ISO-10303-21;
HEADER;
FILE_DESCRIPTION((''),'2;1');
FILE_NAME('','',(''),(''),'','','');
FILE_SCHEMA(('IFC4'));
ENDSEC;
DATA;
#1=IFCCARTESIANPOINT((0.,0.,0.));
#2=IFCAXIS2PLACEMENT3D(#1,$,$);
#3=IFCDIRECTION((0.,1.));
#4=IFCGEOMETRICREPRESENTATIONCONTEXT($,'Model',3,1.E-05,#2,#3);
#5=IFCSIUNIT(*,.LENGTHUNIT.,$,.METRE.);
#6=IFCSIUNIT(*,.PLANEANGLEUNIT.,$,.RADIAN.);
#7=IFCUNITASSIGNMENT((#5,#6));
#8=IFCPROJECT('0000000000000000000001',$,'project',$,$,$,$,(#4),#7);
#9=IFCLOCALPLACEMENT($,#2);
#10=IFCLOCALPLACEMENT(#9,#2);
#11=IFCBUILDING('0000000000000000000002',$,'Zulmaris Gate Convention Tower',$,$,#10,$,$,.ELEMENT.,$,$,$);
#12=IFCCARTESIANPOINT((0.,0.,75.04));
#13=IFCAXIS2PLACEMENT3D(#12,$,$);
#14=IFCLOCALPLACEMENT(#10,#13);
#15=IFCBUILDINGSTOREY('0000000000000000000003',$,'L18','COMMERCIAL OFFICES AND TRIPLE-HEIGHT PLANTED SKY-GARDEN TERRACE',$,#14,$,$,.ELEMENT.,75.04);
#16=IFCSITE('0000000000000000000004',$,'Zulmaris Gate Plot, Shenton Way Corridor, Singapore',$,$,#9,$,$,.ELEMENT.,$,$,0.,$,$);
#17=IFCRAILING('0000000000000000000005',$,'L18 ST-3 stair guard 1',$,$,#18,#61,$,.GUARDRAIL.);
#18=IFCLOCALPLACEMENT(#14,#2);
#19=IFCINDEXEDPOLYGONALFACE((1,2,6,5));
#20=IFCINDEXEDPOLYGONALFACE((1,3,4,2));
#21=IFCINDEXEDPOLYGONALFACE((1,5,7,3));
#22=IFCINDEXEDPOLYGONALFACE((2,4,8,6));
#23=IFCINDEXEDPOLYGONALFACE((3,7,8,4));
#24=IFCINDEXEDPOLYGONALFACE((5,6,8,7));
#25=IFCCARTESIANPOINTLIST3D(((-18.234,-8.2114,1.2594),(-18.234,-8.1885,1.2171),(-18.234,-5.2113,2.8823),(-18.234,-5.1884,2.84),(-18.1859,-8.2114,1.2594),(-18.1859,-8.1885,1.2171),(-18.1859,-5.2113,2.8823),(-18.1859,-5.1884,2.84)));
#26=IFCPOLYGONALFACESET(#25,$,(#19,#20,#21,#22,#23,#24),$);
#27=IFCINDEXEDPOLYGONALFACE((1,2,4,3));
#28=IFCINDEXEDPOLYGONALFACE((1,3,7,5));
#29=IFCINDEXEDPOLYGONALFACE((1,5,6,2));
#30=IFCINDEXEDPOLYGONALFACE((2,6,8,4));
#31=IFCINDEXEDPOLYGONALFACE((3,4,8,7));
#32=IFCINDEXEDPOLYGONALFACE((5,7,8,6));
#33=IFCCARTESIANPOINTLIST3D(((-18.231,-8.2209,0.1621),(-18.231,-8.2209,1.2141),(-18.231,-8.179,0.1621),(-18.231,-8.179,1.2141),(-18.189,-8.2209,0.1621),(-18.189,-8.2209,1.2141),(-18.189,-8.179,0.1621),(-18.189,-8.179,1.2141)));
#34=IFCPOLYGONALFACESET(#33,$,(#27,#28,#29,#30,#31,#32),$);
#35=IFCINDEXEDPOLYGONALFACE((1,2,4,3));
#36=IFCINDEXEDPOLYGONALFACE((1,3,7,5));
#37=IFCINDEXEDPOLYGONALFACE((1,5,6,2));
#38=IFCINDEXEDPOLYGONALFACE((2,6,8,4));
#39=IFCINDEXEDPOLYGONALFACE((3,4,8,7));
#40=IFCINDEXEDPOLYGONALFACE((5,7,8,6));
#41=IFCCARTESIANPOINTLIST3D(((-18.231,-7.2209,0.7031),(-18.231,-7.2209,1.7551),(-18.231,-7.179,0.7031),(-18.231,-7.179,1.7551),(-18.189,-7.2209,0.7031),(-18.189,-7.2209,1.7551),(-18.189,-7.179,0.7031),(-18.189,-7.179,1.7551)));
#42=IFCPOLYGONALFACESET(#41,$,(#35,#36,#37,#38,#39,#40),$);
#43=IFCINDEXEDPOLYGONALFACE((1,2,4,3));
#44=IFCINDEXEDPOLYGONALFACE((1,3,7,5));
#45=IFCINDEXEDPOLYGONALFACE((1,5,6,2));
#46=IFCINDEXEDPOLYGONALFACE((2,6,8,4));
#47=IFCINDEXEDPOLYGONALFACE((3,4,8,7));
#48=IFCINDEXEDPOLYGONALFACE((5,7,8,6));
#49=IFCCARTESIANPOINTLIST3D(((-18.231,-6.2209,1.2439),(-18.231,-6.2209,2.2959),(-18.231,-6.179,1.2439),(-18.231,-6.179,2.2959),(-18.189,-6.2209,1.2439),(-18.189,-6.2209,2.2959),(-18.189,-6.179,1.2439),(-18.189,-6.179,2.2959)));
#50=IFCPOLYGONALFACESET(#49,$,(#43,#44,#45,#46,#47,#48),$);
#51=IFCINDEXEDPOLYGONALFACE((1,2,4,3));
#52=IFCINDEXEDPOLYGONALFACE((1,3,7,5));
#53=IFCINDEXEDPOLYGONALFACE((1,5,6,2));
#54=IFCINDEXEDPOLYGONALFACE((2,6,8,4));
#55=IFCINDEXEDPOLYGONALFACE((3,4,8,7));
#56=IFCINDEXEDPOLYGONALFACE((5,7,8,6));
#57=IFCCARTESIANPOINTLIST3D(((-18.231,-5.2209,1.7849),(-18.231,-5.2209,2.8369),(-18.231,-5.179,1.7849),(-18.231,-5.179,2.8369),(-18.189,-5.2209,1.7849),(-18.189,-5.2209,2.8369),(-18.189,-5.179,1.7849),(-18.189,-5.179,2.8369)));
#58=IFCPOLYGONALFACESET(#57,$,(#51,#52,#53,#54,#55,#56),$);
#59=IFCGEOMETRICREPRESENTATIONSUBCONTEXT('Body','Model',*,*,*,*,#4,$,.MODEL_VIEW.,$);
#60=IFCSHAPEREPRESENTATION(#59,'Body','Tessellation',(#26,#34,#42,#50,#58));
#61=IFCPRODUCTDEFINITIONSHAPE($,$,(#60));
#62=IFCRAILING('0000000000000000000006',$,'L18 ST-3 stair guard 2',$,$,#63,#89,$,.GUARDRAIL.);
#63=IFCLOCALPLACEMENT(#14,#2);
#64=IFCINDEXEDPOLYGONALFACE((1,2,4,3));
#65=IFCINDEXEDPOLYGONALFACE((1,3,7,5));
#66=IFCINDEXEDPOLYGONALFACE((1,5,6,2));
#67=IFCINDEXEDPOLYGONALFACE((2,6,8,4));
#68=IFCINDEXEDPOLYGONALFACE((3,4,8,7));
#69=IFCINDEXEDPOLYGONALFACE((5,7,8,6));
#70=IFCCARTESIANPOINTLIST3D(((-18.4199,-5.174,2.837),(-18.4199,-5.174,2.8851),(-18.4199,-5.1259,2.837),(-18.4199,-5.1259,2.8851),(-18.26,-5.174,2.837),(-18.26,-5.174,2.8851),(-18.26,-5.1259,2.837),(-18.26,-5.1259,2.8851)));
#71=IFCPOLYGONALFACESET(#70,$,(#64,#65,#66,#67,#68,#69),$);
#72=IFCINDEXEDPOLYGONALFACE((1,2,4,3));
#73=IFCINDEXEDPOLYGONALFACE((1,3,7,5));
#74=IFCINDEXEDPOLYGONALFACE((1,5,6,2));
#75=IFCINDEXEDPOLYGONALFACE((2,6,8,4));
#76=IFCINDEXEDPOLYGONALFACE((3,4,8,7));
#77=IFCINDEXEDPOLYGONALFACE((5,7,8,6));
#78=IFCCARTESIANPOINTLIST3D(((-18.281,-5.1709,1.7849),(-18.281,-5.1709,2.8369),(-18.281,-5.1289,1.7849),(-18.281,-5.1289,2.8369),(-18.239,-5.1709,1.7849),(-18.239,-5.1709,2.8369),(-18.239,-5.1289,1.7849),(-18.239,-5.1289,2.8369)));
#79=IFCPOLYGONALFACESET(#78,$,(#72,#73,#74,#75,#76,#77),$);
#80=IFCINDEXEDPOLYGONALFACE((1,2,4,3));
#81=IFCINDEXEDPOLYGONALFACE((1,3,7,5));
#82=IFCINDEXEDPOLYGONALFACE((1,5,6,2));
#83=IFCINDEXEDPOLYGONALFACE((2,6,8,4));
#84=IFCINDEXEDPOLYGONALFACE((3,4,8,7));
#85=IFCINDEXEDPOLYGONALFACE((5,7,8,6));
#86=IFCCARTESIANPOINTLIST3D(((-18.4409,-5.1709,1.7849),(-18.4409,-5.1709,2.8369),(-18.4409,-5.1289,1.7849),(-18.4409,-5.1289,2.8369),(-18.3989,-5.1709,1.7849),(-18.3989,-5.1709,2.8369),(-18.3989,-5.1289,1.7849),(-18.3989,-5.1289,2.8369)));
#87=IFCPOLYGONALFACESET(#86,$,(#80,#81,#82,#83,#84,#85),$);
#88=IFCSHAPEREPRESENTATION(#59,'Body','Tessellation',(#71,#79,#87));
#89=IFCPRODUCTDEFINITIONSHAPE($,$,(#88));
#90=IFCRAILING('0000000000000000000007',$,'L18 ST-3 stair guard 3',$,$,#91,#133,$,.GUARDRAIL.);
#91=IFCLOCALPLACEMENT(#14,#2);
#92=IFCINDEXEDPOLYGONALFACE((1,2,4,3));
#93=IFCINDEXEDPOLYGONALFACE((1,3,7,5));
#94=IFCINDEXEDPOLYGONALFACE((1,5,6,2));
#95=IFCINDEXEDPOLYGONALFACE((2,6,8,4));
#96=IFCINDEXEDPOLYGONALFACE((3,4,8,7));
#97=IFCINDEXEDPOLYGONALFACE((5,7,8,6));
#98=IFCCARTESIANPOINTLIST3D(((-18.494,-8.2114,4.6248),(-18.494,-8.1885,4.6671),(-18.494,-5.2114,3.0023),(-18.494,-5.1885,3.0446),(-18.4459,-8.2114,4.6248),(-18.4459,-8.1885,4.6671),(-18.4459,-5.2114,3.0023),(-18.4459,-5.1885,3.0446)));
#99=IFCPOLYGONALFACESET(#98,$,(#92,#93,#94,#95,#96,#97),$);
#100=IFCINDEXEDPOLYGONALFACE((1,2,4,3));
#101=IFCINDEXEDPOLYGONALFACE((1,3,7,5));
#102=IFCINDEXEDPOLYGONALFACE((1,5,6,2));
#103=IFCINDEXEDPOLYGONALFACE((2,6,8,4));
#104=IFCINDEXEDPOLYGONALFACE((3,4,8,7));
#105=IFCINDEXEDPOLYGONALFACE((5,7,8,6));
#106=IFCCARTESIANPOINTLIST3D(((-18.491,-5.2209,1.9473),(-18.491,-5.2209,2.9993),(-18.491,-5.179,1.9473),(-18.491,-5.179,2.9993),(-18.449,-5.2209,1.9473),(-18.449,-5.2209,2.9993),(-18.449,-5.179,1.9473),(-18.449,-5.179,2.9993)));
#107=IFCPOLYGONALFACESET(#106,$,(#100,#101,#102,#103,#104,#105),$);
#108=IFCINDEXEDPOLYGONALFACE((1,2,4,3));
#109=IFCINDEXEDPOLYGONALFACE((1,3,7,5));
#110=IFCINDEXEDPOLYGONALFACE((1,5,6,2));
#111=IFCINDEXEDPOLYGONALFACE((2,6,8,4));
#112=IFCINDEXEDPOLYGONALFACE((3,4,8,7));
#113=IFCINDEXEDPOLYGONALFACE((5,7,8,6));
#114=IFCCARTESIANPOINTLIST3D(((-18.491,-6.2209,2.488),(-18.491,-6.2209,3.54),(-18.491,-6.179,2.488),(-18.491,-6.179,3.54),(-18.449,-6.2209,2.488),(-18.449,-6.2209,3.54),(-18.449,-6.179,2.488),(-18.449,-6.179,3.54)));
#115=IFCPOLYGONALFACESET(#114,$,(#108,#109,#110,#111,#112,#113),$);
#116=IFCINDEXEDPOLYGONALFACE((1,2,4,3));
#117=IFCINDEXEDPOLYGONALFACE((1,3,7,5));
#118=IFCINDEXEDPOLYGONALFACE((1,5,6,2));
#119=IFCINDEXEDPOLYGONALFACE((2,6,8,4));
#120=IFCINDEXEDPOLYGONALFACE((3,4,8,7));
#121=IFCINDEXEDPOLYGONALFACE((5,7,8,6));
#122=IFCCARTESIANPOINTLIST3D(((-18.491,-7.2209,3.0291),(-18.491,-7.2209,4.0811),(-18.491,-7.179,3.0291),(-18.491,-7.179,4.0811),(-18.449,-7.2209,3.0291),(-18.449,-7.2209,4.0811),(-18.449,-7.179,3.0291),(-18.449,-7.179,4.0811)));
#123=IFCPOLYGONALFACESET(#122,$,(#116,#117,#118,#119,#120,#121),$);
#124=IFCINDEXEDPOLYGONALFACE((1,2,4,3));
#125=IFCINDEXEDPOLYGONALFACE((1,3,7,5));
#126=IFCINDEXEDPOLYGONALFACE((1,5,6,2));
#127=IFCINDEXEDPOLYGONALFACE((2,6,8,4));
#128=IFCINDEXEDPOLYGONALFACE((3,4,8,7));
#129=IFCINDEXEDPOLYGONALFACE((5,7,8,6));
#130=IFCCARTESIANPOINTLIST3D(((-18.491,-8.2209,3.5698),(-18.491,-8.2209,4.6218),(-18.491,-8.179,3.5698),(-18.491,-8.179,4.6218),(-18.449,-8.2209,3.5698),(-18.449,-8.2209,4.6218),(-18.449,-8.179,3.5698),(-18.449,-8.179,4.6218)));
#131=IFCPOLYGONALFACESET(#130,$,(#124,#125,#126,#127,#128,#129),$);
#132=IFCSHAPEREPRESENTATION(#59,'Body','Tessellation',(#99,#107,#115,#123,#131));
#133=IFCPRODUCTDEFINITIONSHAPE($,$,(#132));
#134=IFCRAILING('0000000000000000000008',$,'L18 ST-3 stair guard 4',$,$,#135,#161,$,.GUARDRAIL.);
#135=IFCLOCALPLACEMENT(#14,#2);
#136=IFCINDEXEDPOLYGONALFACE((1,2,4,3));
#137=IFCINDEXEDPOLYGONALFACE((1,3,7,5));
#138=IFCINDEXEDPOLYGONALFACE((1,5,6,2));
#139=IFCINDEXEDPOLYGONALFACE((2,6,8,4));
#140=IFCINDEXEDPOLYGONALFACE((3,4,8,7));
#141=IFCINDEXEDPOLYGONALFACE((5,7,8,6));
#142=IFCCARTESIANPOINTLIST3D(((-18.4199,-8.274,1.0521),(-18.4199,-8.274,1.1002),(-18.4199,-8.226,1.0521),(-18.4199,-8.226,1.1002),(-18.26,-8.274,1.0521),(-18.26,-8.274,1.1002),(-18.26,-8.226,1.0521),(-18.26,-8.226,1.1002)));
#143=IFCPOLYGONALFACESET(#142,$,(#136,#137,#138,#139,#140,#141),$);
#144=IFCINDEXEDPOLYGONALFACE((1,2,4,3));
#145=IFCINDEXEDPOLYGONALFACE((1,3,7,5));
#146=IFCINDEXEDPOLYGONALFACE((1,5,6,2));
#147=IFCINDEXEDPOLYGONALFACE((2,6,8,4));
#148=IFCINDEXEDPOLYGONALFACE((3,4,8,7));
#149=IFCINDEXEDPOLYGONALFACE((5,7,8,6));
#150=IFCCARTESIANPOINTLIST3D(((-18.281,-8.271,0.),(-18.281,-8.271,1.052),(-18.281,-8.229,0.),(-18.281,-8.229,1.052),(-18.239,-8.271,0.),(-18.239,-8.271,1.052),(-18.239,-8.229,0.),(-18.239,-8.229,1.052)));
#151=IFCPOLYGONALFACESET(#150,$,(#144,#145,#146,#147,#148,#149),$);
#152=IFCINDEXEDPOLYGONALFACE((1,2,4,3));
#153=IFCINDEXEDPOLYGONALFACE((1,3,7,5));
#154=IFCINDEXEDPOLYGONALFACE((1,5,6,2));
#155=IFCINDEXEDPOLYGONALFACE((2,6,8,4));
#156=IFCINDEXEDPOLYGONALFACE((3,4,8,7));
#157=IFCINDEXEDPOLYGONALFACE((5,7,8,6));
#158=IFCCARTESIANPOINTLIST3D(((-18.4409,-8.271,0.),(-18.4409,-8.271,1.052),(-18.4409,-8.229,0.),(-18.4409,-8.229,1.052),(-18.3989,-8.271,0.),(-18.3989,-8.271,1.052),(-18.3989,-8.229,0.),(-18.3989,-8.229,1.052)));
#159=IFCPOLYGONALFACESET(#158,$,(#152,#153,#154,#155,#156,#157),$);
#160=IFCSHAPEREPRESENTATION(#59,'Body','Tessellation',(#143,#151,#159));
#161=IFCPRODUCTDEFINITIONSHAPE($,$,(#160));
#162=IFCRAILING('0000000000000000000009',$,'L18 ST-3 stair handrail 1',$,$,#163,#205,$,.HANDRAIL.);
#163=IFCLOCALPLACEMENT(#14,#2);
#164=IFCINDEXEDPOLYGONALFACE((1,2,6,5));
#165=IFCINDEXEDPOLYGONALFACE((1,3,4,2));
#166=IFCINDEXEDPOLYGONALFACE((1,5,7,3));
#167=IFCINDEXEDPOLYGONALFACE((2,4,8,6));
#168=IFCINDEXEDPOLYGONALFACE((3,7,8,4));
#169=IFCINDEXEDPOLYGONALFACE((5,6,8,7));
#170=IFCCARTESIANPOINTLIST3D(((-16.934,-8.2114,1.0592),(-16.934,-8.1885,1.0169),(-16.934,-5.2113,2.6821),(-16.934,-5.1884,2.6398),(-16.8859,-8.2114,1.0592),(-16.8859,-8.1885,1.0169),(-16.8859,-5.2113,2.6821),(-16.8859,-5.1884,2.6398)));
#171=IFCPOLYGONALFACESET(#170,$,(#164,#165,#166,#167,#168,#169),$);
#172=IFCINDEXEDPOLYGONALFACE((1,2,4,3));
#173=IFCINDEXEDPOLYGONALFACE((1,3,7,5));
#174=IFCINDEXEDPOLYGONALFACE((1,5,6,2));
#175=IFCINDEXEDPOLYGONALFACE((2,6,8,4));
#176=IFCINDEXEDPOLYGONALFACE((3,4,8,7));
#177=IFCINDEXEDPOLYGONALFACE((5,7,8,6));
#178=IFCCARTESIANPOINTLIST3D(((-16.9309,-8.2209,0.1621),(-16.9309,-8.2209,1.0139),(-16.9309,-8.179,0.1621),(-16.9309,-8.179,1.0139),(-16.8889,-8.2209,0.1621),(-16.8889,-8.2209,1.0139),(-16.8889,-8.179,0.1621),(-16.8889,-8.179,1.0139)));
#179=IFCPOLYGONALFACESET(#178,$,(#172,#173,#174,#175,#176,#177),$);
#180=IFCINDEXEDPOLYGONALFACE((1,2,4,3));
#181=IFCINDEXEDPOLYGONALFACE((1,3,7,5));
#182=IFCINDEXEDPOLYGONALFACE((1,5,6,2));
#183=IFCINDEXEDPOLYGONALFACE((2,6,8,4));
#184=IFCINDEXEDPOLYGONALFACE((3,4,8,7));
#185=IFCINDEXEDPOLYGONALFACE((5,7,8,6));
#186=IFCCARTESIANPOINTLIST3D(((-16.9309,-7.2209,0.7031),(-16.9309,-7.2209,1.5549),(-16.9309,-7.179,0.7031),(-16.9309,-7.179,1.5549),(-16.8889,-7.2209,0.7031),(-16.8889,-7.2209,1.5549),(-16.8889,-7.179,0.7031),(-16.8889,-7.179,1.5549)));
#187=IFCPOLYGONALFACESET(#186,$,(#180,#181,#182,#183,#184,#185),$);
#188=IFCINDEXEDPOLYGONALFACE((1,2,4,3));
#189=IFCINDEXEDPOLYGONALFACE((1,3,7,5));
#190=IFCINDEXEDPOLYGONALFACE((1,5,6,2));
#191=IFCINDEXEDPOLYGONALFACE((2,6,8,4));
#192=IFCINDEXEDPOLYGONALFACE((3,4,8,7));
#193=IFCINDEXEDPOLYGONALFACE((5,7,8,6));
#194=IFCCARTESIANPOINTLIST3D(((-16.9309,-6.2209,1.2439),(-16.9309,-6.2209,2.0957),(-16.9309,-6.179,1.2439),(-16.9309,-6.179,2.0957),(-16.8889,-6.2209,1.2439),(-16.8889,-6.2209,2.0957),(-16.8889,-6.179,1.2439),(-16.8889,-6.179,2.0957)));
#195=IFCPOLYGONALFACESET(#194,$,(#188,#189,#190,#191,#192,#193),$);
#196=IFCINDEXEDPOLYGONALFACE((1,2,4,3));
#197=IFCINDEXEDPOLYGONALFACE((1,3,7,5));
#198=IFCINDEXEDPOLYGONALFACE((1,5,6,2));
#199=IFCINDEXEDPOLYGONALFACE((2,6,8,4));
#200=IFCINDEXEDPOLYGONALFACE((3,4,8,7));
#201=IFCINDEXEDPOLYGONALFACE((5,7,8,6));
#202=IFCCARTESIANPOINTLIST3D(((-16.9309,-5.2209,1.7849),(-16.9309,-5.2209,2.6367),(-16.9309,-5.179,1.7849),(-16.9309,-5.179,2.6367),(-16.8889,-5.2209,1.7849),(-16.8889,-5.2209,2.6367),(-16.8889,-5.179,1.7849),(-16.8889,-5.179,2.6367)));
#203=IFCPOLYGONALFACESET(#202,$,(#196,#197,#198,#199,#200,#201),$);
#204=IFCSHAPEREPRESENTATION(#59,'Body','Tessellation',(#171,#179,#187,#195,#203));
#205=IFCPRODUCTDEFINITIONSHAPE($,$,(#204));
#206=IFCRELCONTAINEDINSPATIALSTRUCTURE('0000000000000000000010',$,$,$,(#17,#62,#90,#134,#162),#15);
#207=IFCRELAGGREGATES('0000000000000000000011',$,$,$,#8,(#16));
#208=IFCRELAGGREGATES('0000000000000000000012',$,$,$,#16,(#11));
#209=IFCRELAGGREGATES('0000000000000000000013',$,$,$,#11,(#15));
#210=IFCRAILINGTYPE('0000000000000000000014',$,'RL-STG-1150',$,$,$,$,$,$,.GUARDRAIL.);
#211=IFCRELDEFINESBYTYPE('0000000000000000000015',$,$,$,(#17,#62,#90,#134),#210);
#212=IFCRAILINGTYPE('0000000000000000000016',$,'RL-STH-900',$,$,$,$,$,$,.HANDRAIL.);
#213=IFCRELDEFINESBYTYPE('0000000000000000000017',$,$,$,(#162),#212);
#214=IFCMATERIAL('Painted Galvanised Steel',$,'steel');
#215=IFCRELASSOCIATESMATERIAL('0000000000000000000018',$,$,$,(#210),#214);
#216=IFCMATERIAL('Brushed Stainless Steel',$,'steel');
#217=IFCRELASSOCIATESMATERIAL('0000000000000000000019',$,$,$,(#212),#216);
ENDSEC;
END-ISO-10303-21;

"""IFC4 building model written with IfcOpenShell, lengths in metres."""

from ifc_helpers import new_model, si_unit, direction, frame, origin, origin_2d, place, context, subcontext, project, spatial, rectangle, extrude, material, type_object, element, save


model = new_model("IFC4")

# Units and contexts
model_context = context("Model", 3, precision=1e-05, world=origin(), true_north=direction((0.0, 1.0)))
body_context = subcontext(model_context, "Body", "Model", "MODEL_VIEW")
ifc_project = project(units=[si_unit("LENGTHUNIT", "METRE"), si_unit("PLANEANGLEUNIT", "RADIAN")], contexts=[model_context])

# Site, building, storey
site_placement = place(None, origin())
site = spatial("IfcSite", under=ifc_project, at=site_placement, Name="Zulmaris Gate Plot, Shenton Way Corridor, Singapore", CompositionType="ELEMENT", RefElevation=0.0)
building_placement = place(site_placement, origin())
building = spatial("IfcBuilding", under=site, at=building_placement, Name="Zulmaris Gate Convention Tower", CompositionType="ELEMENT")
storey_placement = place(building_placement, frame((0.0, 0.0, 75.04)))
storey = spatial("IfcBuildingStorey", under=building, at=storey_placement, Name="L18", Description="COMMERCIAL OFFICES AND TRIPLE-HEIGHT PLANTED SKY-GARDEN TERRACE", CompositionType="ELEMENT", Elevation=75.04)

# Shared definitions
ifc_material_1 = material(Name="Brushed Stainless Steel", Category="steel")

# Railings
ifc_material_2 = material(Name="Painted Galvanised Steel", Category="steel")
railing_type_1 = type_object("IfcRailingType", Name="RL-STG-1150", PredefinedType="GUARDRAIL", material=ifc_material_2)
railing_1_placement = place(storey_placement, frame((-18.21, -8.2, 0.1621)))
element("IfcRailing", 1, at=railing_1_placement, inside=storey, type_object=railing_type_1, Name="L18 ST-3 stair guard 1", PredefinedType="GUARDRAIL", context=body_context, shape_type="SweptSolid", body=[
    extrude(rectangle(XDim=0.0481, YDim=0.0481, at=origin_2d()), frame((0.0, 0.0, 1.0762), z_axis=(0.0, 0.879562, 0.475785), x_axis=(-1.0, 0.0, 0.0)), (0.0, 0.0, 1.0), 3.4109),
    extrude(rectangle(XDim=0.042, YDim=0.042, at=origin_2d()), origin(), (0.0, 0.0, 1.0), 1.052),
    extrude(rectangle(XDim=0.042, YDim=0.042, at=origin_2d()), frame((0.0, 1.0, 0.541)), (0.0, 0.0, 1.0), 1.052),
    extrude(rectangle(XDim=0.042, YDim=0.042, at=origin_2d()), frame((0.0, 2.0, 1.0818)), (0.0, 0.0, 1.0), 1.052),
    extrude(rectangle(XDim=0.042, YDim=0.042, at=origin_2d()), frame((0.0, 3.0, 1.6228)), (0.0, 0.0, 1.0), 1.052),
])
railing_2_placement = place(storey_placement, frame((-18.26, -5.1499, 1.7849)))
element("IfcRailing", 2, at=railing_2_placement, inside=storey, type_object=railing_type_1, Name="L18 ST-3 stair guard 2", PredefinedType="GUARDRAIL", context=body_context, shape_type="SweptSolid", body=[
    extrude(rectangle(XDim=0.0481, YDim=0.0481, at=origin_2d()), frame((0.0, 0.0, 1.0762), z_axis=(-1.0, 0.0, 0.0), x_axis=(0.0, -1.0, 0.0)), (0.0, 0.0, 1.0), 0.1599),
    extrude(rectangle(XDim=0.042, YDim=0.042, at=origin_2d()), origin(), (0.0, 0.0, 1.0), 1.052),
    extrude(rectangle(XDim=0.042, YDim=0.042, at=origin_2d()), frame((-0.1599, 0.0, 0.0)), (0.0, 0.0, 1.0), 1.052),
])
railing_3_placement = place(storey_placement, frame((-18.47, -5.2, 1.9473)))
element("IfcRailing", 3, at=railing_3_placement, inside=storey, type_object=railing_type_1, Name="L18 ST-3 stair guard 3", PredefinedType="GUARDRAIL", context=body_context, shape_type="SweptSolid", body=[
    extrude(rectangle(XDim=0.0481, YDim=0.0481, at=origin_2d()), frame((0.0, 0.0, 1.0762), z_axis=(0.0, -0.879592, 0.47573), x_axis=(1.0, 0.0, 0.0)), (0.0, 0.0, 1.0), 3.4106),
    extrude(rectangle(XDim=0.042, YDim=0.042, at=origin_2d()), origin(), (0.0, 0.0, 1.0), 1.052),
    extrude(rectangle(XDim=0.042, YDim=0.042, at=origin_2d()), frame((0.0, -1.0, 0.5408)), (0.0, 0.0, 1.0), 1.052),
    extrude(rectangle(XDim=0.042, YDim=0.042, at=origin_2d()), frame((0.0, -2.0, 1.0818)), (0.0, 0.0, 1.0), 1.052),
    extrude(rectangle(XDim=0.042, YDim=0.042, at=origin_2d()), frame((0.0, -3.0, 1.6226)), (0.0, 0.0, 1.0), 1.052),
])
railing_4_placement = place(storey_placement, frame((-18.26, -8.25, 0.0)))
element("IfcRailing", 4, at=railing_4_placement, inside=storey, type_object=railing_type_1, Name="L18 ST-3 stair guard 4", PredefinedType="GUARDRAIL", context=body_context, shape_type="SweptSolid", body=[
    extrude(rectangle(XDim=0.0481, YDim=0.0481, at=origin_2d()), frame((0.0, 0.0, 1.0762), z_axis=(-1.0, 0.0, 0.0), x_axis=(0.0, -1.0, 0.0)), (0.0, 0.0, 1.0), 0.1599),
    extrude(rectangle(XDim=0.042, YDim=0.042, at=origin_2d()), origin(), (0.0, 0.0, 1.0), 1.052),
    extrude(rectangle(XDim=0.042, YDim=0.042, at=origin_2d()), frame((-0.1599, 0.0, 0.0)), (0.0, 0.0, 1.0), 1.052),
])
railing_type_2 = type_object("IfcRailingType", Name="RL-STH-900", PredefinedType="HANDRAIL", material=ifc_material_1)
railing_5_placement = place(storey_placement, frame((-16.9099, -8.2, 0.1621)))
element("IfcRailing", 5, at=railing_5_placement, inside=storey, type_object=railing_type_2, Name="L18 ST-3 stair handrail 1", PredefinedType="HANDRAIL", context=body_context, shape_type="SweptSolid", body=[
    extrude(rectangle(XDim=0.0481, YDim=0.0481, at=origin_2d()), frame((0.0, 0.0, 0.876), z_axis=(0.0, 0.879562, 0.475785), x_axis=(-1.0, 0.0, 0.0)), (0.0, 0.0, 1.0), 3.4109),
    extrude(rectangle(XDim=0.042, YDim=0.042, at=origin_2d()), origin(), (0.0, 0.0, 1.0), 0.8518),
    extrude(rectangle(XDim=0.042, YDim=0.042, at=origin_2d()), frame((0.0, 1.0, 0.541)), (0.0, 0.0, 1.0), 0.8518),
    extrude(rectangle(XDim=0.042, YDim=0.042, at=origin_2d()), frame((0.0, 2.0, 1.0818)), (0.0, 0.0, 1.0), 0.8518),
    extrude(rectangle(XDim=0.042, YDim=0.042, at=origin_2d()), frame((0.0, 3.0, 1.6228)), (0.0, 0.0, 1.0), 0.8518),
])

save(model, "model.ifc")
